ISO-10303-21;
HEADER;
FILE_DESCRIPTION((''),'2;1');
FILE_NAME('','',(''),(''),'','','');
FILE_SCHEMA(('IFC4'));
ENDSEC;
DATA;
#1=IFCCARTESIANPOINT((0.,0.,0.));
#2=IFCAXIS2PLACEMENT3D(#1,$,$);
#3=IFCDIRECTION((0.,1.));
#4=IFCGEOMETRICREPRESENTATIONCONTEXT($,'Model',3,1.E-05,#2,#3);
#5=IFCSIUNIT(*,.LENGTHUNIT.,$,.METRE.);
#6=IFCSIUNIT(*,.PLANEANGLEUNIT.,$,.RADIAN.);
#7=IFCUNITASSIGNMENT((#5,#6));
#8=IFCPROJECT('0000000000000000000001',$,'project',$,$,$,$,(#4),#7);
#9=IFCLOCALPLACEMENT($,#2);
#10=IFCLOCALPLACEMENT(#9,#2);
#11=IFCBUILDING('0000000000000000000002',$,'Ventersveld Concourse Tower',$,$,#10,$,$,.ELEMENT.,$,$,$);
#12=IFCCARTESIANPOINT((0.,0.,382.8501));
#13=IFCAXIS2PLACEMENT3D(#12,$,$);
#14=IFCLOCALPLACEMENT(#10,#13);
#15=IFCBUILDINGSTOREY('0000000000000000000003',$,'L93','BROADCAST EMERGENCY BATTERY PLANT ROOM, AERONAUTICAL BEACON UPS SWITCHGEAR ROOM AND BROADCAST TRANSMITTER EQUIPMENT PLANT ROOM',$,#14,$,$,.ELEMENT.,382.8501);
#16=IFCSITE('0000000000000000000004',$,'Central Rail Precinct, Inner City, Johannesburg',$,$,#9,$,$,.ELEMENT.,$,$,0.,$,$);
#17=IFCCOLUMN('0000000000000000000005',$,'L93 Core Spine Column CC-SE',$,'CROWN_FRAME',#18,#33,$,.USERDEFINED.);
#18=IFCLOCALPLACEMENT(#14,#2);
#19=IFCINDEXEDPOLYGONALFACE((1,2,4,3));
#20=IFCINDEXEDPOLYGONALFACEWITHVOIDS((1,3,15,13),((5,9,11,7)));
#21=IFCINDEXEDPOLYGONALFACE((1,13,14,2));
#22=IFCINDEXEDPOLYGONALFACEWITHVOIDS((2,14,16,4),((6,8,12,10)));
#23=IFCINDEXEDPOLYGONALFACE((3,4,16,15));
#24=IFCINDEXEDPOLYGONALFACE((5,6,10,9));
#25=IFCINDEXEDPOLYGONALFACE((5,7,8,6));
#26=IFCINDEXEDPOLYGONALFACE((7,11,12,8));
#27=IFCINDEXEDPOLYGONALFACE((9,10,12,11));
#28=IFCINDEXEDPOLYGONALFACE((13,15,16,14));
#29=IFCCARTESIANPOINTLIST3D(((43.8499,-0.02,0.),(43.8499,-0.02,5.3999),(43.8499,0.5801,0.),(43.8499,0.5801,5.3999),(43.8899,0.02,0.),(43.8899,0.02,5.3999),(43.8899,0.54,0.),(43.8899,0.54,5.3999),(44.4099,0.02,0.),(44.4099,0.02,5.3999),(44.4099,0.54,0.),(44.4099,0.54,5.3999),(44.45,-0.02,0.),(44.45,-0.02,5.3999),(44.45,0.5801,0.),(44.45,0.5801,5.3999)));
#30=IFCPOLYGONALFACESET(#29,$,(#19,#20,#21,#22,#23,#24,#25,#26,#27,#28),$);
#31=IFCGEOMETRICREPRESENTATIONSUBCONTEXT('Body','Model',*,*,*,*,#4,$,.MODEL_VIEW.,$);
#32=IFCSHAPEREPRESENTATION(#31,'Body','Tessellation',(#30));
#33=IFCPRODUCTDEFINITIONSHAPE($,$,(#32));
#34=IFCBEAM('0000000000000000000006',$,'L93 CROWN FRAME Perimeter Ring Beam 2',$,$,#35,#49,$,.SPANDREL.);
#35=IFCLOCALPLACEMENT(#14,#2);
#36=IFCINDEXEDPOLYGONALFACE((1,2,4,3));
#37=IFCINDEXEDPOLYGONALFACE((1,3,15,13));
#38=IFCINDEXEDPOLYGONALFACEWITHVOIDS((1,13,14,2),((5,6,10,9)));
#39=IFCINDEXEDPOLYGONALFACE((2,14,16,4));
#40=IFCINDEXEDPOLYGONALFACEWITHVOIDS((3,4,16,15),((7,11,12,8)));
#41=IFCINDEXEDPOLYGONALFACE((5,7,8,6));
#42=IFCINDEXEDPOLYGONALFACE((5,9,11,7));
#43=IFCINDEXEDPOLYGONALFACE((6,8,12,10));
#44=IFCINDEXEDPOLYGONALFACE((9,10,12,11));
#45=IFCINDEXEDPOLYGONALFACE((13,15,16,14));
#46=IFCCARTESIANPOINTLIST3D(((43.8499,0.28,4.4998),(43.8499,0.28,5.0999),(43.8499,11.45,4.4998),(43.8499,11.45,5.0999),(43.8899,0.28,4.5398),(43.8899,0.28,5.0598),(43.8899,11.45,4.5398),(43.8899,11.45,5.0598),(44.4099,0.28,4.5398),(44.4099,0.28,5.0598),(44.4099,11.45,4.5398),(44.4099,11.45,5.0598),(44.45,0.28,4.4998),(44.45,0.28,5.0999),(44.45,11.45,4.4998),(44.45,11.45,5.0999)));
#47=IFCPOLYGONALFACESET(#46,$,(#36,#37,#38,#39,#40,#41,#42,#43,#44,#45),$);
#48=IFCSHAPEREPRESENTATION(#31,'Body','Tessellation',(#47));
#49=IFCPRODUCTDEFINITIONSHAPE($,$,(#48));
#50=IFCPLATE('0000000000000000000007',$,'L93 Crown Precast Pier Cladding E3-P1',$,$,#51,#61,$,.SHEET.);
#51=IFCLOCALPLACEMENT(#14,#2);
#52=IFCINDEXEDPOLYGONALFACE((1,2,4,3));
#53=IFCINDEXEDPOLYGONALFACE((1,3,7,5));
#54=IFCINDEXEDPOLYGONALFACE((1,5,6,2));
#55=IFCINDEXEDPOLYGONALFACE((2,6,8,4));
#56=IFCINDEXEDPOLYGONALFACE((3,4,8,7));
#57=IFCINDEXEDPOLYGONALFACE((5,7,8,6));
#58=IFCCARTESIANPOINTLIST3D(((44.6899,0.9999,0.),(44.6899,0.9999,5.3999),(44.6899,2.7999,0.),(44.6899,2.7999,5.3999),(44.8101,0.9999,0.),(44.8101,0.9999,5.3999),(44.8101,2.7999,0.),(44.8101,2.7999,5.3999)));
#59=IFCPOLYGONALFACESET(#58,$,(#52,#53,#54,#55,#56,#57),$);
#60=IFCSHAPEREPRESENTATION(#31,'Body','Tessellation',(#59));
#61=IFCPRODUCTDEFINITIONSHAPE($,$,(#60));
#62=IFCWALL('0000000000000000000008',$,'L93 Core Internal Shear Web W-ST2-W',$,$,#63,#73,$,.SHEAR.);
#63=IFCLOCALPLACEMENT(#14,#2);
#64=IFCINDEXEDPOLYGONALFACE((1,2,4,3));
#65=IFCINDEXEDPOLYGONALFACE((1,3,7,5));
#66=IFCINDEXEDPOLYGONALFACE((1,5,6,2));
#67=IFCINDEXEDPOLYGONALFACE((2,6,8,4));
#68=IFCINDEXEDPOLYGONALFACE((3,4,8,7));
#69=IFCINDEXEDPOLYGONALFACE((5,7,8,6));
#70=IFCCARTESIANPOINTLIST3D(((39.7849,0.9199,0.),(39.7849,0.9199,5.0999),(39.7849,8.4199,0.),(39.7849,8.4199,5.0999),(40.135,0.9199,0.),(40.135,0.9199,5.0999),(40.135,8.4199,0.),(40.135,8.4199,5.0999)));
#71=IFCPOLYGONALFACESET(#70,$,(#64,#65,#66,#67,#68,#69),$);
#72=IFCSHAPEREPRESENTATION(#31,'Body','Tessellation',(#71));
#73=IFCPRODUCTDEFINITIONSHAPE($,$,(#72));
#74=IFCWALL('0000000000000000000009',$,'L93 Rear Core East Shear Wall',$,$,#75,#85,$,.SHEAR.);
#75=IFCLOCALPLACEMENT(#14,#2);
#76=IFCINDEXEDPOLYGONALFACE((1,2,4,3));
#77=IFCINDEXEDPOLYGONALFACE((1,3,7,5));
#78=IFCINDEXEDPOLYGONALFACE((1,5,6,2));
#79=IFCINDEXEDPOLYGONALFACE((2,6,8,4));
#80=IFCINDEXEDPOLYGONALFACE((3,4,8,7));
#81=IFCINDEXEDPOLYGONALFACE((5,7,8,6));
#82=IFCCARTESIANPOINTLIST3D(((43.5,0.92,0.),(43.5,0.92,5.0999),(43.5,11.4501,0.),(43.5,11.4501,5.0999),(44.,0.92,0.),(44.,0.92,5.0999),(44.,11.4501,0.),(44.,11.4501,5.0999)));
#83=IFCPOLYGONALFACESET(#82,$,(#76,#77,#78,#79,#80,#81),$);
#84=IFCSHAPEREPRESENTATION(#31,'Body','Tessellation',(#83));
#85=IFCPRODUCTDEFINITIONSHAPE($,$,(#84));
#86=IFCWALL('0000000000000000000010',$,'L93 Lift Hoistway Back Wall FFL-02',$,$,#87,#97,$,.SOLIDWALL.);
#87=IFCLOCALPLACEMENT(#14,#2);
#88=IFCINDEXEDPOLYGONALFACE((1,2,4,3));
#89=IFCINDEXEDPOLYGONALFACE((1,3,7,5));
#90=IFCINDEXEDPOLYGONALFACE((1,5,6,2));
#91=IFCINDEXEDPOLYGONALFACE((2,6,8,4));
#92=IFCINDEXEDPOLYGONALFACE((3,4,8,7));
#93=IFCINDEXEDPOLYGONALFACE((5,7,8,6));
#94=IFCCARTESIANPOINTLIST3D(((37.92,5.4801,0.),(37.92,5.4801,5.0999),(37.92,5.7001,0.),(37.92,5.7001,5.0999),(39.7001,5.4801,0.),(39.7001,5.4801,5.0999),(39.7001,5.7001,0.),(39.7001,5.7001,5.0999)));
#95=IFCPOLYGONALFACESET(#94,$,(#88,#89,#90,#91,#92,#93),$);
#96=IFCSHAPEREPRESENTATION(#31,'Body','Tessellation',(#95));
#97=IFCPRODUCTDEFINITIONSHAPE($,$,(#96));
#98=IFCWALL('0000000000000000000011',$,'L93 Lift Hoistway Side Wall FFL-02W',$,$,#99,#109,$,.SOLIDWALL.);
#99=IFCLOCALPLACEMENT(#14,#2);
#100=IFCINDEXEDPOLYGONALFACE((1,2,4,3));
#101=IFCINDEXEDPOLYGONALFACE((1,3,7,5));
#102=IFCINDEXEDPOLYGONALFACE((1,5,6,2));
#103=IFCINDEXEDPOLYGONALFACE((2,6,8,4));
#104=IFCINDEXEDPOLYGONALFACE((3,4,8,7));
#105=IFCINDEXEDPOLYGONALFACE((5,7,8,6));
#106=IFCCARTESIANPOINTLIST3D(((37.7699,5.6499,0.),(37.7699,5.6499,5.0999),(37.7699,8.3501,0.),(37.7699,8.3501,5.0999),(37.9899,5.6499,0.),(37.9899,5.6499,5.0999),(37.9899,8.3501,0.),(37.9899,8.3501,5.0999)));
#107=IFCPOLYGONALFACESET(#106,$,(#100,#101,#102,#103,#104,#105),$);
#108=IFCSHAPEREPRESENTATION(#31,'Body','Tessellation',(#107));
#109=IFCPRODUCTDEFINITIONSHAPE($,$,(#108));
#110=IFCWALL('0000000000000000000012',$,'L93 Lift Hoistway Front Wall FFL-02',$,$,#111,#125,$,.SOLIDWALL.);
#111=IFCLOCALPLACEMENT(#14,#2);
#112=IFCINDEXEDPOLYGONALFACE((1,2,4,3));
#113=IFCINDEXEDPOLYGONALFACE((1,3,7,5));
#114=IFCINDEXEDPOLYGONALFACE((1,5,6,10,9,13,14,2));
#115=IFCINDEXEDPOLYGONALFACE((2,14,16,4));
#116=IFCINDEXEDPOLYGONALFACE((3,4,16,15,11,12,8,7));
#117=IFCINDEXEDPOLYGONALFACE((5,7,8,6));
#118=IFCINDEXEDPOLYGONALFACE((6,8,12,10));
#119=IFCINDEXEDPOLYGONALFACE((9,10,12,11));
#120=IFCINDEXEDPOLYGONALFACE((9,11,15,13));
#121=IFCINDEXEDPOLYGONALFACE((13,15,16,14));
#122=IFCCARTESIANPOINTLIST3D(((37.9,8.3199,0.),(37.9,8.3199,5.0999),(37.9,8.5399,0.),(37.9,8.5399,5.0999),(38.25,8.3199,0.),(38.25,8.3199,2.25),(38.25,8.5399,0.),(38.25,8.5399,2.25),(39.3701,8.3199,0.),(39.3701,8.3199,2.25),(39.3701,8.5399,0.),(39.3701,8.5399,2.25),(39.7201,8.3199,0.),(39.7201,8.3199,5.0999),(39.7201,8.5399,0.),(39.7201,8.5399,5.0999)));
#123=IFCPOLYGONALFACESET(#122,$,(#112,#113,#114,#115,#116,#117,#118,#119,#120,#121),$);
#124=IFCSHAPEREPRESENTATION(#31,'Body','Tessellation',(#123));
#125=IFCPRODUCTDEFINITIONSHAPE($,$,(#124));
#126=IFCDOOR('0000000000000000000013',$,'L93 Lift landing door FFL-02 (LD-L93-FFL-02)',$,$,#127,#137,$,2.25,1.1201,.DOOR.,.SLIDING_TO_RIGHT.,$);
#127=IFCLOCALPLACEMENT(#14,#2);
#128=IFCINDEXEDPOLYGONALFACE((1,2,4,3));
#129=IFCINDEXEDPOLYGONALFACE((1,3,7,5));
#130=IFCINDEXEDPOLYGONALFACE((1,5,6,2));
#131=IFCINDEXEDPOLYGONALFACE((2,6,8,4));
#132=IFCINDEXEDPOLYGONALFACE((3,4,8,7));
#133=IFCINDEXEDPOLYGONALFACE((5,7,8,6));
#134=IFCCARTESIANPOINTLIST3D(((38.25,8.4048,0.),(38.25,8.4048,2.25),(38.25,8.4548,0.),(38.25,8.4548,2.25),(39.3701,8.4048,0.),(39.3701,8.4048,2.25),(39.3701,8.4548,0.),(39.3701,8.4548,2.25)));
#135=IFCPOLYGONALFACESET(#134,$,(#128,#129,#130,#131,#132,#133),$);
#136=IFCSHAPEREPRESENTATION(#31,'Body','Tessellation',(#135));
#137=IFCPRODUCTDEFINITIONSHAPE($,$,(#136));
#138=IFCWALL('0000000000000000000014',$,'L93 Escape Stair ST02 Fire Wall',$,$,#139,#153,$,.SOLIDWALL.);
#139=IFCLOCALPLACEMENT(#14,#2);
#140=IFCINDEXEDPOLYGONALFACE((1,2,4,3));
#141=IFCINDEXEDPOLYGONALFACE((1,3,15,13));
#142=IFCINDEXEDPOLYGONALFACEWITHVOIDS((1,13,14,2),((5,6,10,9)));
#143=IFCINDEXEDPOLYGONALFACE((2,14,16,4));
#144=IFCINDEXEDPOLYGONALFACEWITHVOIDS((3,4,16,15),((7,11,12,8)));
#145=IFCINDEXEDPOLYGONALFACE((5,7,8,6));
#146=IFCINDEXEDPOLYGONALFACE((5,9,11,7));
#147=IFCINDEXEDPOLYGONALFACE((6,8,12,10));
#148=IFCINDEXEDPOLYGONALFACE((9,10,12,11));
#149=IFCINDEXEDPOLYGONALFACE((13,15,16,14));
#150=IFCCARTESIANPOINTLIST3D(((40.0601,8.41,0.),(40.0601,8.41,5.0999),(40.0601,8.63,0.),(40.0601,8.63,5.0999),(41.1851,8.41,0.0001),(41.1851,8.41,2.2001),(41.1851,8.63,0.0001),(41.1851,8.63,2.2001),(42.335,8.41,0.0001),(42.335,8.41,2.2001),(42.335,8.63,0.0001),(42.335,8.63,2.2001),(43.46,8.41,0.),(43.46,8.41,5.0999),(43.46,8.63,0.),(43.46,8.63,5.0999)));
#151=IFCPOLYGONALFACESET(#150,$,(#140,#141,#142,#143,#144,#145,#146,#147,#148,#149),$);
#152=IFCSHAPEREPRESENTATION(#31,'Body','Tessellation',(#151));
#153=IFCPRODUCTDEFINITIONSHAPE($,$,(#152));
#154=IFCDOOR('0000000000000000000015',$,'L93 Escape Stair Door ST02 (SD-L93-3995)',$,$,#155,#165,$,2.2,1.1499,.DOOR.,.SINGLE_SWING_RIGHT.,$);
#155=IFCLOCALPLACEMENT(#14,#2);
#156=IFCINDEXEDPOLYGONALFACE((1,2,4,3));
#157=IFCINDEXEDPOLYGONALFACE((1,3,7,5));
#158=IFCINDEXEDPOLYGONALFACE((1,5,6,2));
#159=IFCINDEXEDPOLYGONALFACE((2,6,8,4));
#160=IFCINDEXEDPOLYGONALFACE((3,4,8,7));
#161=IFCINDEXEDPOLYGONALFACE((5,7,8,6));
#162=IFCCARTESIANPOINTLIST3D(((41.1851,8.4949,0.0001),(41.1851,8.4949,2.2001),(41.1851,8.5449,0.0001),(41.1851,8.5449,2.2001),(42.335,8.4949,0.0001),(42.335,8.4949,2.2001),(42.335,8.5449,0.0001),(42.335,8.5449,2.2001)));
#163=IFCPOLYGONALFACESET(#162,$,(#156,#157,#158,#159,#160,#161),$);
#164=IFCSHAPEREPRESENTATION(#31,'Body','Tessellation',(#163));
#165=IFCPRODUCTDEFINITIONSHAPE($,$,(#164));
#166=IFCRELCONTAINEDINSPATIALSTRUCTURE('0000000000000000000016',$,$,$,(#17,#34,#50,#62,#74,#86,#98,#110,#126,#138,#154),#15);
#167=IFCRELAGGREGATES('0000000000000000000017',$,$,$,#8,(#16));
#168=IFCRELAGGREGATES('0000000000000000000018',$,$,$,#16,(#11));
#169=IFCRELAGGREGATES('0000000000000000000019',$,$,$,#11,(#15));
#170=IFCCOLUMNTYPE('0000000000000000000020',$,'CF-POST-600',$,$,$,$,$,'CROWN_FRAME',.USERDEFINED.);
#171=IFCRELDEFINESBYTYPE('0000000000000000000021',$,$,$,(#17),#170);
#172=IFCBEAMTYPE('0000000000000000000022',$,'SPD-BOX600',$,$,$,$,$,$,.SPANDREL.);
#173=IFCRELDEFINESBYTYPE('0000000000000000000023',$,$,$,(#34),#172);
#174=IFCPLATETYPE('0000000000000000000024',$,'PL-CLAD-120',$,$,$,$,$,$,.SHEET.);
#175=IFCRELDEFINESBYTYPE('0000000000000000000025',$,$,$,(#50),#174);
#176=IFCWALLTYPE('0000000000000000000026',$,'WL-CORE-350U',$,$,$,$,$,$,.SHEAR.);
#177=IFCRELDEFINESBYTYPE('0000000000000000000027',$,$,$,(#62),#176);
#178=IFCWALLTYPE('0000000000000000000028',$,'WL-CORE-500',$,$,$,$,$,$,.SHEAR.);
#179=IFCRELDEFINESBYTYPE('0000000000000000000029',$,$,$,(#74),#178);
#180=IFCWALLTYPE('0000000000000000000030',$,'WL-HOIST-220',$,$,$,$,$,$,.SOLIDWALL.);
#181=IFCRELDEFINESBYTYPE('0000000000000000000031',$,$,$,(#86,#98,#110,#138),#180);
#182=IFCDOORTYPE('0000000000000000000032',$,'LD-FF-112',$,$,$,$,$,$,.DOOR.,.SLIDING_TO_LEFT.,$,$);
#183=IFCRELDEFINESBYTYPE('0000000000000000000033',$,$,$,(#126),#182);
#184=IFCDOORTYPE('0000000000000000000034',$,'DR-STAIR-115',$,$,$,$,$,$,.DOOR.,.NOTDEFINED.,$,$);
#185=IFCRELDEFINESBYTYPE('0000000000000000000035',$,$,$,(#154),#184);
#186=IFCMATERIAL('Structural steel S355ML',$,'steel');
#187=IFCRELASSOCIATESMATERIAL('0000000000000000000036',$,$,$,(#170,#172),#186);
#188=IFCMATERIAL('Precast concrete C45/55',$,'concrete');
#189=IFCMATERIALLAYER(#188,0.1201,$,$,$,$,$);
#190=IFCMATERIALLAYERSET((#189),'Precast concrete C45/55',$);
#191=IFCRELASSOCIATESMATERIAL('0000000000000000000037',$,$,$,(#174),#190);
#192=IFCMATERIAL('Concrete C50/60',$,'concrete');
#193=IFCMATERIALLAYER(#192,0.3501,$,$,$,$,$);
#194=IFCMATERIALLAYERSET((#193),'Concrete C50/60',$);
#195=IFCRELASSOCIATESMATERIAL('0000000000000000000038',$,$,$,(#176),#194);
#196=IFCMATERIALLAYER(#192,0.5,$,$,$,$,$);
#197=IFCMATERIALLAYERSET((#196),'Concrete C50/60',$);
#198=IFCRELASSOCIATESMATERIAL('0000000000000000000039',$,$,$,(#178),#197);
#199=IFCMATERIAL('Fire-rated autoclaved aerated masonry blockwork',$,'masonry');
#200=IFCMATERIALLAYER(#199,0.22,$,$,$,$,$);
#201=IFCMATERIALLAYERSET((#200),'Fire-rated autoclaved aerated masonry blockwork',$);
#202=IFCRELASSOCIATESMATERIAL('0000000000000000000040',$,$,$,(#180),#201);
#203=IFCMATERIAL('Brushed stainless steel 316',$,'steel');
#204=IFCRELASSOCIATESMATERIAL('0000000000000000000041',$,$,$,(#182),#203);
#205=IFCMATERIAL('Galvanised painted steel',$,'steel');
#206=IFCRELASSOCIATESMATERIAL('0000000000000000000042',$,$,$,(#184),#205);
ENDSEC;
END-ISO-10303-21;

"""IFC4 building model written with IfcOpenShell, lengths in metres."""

from ifc_helpers import new_model, si_unit, direction, frame, frame_2d, origin, origin_2d, place, context, subcontext, project, spatial, rectangle, hollow_rectangle, extrude, material, layer, layer_set, material_profile, profile_set, type_object, element, fill, save


model = new_model("IFC4")

# Units and contexts
model_context = context("Model", 3, precision=1e-05, world=origin(), true_north=direction((0.0, 1.0)))
body_context = subcontext(model_context, "Body", "Model", "MODEL_VIEW")
ifc_project = project(units=[si_unit("LENGTHUNIT", "METRE"), si_unit("PLANEANGLEUNIT", "RADIAN")], contexts=[model_context])

# Site, building, storey
site_placement = place(None, origin())
site = spatial("IfcSite", under=ifc_project, at=site_placement, Name="Central Rail Precinct, Inner City, Johannesburg", CompositionType="ELEMENT", RefElevation=0.0)
building_placement = place(site_placement, origin())
building = spatial("IfcBuilding", under=site, at=building_placement, Name="Ventersveld Concourse Tower", CompositionType="ELEMENT")
storey_placement = place(building_placement, frame((0.0, 0.0, 382.8501)))
storey = spatial("IfcBuildingStorey", under=building, at=storey_placement, Name="L93", Description="BROADCAST EMERGENCY BATTERY PLANT ROOM, AERONAUTICAL BEACON UPS SWITCHGEAR ROOM AND BROADCAST TRANSMITTER EQUIPMENT PLANT ROOM", CompositionType="ELEMENT", Elevation=382.8501)

# Column
ifc_material_1 = material(Name="Structural steel S355ML", Category="steel")
ifc_material_profile_1 = material_profile(ifc_material_1, hollow_rectangle(XDim=0.6001, YDim=0.6001, WallThickness=0.04, at=origin_2d()), Name="BOX 600x600x40")
ifc_profile_set_1 = profile_set([ifc_material_profile_1], Name="Structural steel S355ML")
column_type = type_object("IfcColumnType", Name="CF-POST-600", ElementType="CROWN_FRAME", PredefinedType="USERDEFINED", material=ifc_profile_set_1)
column_placement = place(storey_placement, frame((44.1499, 0.28, 0.0), z_axis=(0.0, 0.0, 1.0), x_axis=(1.0, 0.0, 0.0)))
element("IfcColumn", 1, at=column_placement, inside=storey, type_object=column_type, Name="L93 Core Spine Column CC-SE", ObjectType="CROWN_FRAME", PredefinedType="USERDEFINED", context=body_context, shape_type="SweptSolid", body=[
    extrude(hollow_rectangle(XDim=0.6001, YDim=0.6001, WallThickness=0.04, at=origin_2d()), origin(), (0.0, 0.0, 1.0), 5.3999),
])

# Beam
ifc_material_profile_2 = material_profile(ifc_material_1, hollow_rectangle(XDim=0.6001, YDim=0.6001, WallThickness=0.04, at=origin_2d()), Name="BOX 600x600x40")
ifc_profile_set_2 = profile_set([ifc_material_profile_2], Name="Structural steel S355ML")
beam_type = type_object("IfcBeamType", Name="SPD-BOX600", PredefinedType="SPANDREL", material=ifc_profile_set_2)
beam_placement = place(storey_placement, frame((44.1499, 0.28, 4.7998), z_axis=(0.0, 1.0, 0.0), x_axis=(-1.0, 0.0, 0.0)))
element("IfcBeam", 2, at=beam_placement, inside=storey, type_object=beam_type, Name="L93 CROWN FRAME Perimeter Ring Beam 2", PredefinedType="SPANDREL", context=body_context, shape_type="SweptSolid", body=[
    extrude(hollow_rectangle(XDim=0.6001, YDim=0.6001, WallThickness=0.04, at=origin_2d()), origin(), (0.0, 0.0, 1.0), 11.1699),
])

# Plate
ifc_material_2 = material(Name="Precast concrete C45/55", Category="concrete")
ifc_layer_1 = layer(ifc_material_2, 0.1201)
ifc_layer_set_1 = layer_set([ifc_layer_1], Name="Precast concrete C45/55")
plate_type = type_object("IfcPlateType", Name="PL-CLAD-120", PredefinedType="SHEET", material=ifc_layer_set_1)
plate_placement = place(storey_placement, frame((44.75, 1.8999, 0.0), z_axis=(0.0, 0.0, 1.0), x_axis=(0.0, 1.0, 0.0)))
element("IfcPlate", 3, at=plate_placement, inside=storey, type_object=plate_type, Name="L93 Crown Precast Pier Cladding E3-P1", PredefinedType="SHEET", context=body_context, shape_type="SweptSolid", body=[
    extrude(rectangle(XDim=1.8, YDim=0.1201, at=origin_2d()), origin(), (0.0, 0.0, 1.0), 5.3999),
])

# Walls
ifc_material_3 = material(Name="Concrete C50/60", Category="concrete")
ifc_layer_2 = layer(ifc_material_3, 0.3501)
ifc_layer_set_2 = layer_set([ifc_layer_2], Name="Concrete C50/60")
wall_type_1 = type_object("IfcWallType", Name="WL-CORE-350U", PredefinedType="SHEAR", material=ifc_layer_set_2)
wall_1_placement = place(storey_placement, frame((39.96, 0.9199, 0.0), z_axis=(0.0, 0.0, 1.0), x_axis=(0.0, 1.0, 0.0)))
element("IfcWall", 4, at=wall_1_placement, inside=storey, type_object=wall_type_1, Name="L93 Core Internal Shear Web W-ST2-W", PredefinedType="SHEAR", context=body_context, shape_type="SweptSolid", body=[
    extrude(rectangle(XDim=7.5, YDim=0.3501, at=frame_2d((3.75, 0.0))), origin(), (0.0, 0.0, 1.0), 5.0999),
])
ifc_layer_3 = layer(ifc_material_3, 0.5)
ifc_layer_set_3 = layer_set([ifc_layer_3], Name="Concrete C50/60")
wall_type_2 = type_object("IfcWallType", Name="WL-CORE-500", PredefinedType="SHEAR", material=ifc_layer_set_3)
wall_2_placement = place(storey_placement, frame((43.75, 0.9199, 0.0), z_axis=(0.0, 0.0, 1.0), x_axis=(0.0, 1.0, 0.0)))
element("IfcWall", 5, at=wall_2_placement, inside=storey, type_object=wall_type_2, Name="L93 Rear Core East Shear Wall", PredefinedType="SHEAR", context=body_context, shape_type="SweptSolid", body=[
    extrude(rectangle(XDim=10.53, YDim=0.5, at=frame_2d((5.2651, 0.0))), origin(), (0.0, 0.0, 1.0), 5.0999),
])
ifc_material_4 = material(Name="Fire-rated autoclaved aerated masonry blockwork", Category="masonry")
ifc_layer_4 = layer(ifc_material_4, 0.22)
ifc_layer_set_4 = layer_set([ifc_layer_4], Name="Fire-rated autoclaved aerated masonry blockwork")
wall_type_3 = type_object("IfcWallType", Name="WL-HOIST-220", PredefinedType="SOLIDWALL", material=ifc_layer_set_4)
wall_3_placement = place(storey_placement, frame((37.9199, 5.5901, 0.0), z_axis=(0.0, 0.0, 1.0), x_axis=(1.0, 0.0, 0.0)))
element("IfcWall", 6, at=wall_3_placement, inside=storey, type_object=wall_type_3, Name="L93 Lift Hoistway Back Wall FFL-02", PredefinedType="SOLIDWALL", context=body_context, shape_type="SweptSolid", body=[
    extrude(rectangle(XDim=1.78, YDim=0.22, at=frame_2d((0.8901, 0.0))), origin(), (0.0, 0.0, 1.0), 5.0999),
])
wall_4_placement = place(storey_placement, frame((37.8799, 5.6499, 0.0), z_axis=(0.0, 0.0, 1.0), x_axis=(0.0, 1.0, 0.0)))
element("IfcWall", 7, at=wall_4_placement, inside=storey, type_object=wall_type_3, Name="L93 Lift Hoistway Side Wall FFL-02W", PredefinedType="SOLIDWALL", context=body_context, shape_type="SweptSolid", body=[
    extrude(rectangle(XDim=2.7002, YDim=0.22, at=frame_2d((1.3501, 0.0))), origin(), (0.0, 0.0, 1.0), 5.0999),
])

# Walls, openings, doors
wall_5_placement = place(storey_placement, frame((37.8999, 8.4299, 0.0), z_axis=(0.0, 0.0, 1.0), x_axis=(1.0, 0.0, 0.0)))
wall_5 = element("IfcWall", 8, at=wall_5_placement, inside=storey, type_object=wall_type_3, Name="L93 Lift Hoistway Front Wall FFL-02", PredefinedType="SOLIDWALL", context=body_context, shape_type="SweptSolid", body=[
    extrude(rectangle(XDim=1.8201, YDim=0.22, at=frame_2d((0.9102, 0.0))), origin(), (0.0, 0.0, 1.0), 5.0999),
])
opening_1_placement = place(wall_5_placement, frame((0.3501, 0.0, 0.0)))
opening_1 = element("IfcOpeningElement", 9, at=opening_1_placement, cuts=wall_5, PredefinedType="OPENING", context=body_context, shape_type="SweptSolid", body=[
    extrude(rectangle(XDim=1.1201, YDim=2.25, at=frame_2d((0.5601, 1.125))), frame((0.0, 0.1201, 0.0), z_axis=(0.0, -1.0, 0.0), x_axis=(1.0, 0.0, 0.0)), (0.0, 0.0, 1.0), 0.24),
])
ifc_material_5 = material(Name="Brushed stainless steel 316", Category="steel")
door_type_1 = type_object("IfcDoorType", Name="LD-FF-112", OperationType="SLIDING_TO_LEFT", PredefinedType="DOOR", material=ifc_material_5)
door_1_placement = place(opening_1_placement, origin())
door_1 = element("IfcDoor", 10, at=door_1_placement, inside=storey, type_object=door_type_1, Name="L93 Lift landing door FFL-02 (LD-L93-FFL-02)", OperationType="SLIDING_TO_RIGHT", OverallHeight=2.25, OverallWidth=1.1201, PredefinedType="DOOR", context=body_context, shape_type="SweptSolid", body=[
    extrude(rectangle(XDim=1.1201, YDim=2.25, at=frame_2d((0.5601, 1.125))), frame((0.0, 0.0249, 0.0), z_axis=(0.0, -1.0, 0.0), x_axis=(1.0, 0.0, 0.0)), (0.0, 0.0, 1.0), 0.05),
])
fill(opening_1, door_1)
wall_6_placement = place(storey_placement, frame((40.0601, 8.52, 0.0), z_axis=(0.0, 0.0, 1.0), x_axis=(1.0, 0.0, 0.0)))
wall_6 = element("IfcWall", 11, at=wall_6_placement, inside=storey, type_object=wall_type_3, Name="L93 Escape Stair ST02 Fire Wall", PredefinedType="SOLIDWALL", context=body_context, shape_type="SweptSolid", body=[
    extrude(rectangle(XDim=3.3999, YDim=0.22, at=frame_2d((1.7, 0.0))), origin(), (0.0, 0.0, 1.0), 5.0999),
])
opening_2_placement = place(wall_6_placement, frame((1.125, 0.0, 0.0)))
opening_2 = element("IfcOpeningElement", 12, at=opening_2_placement, cuts=wall_6, PredefinedType="OPENING", context=body_context, shape_type="SweptSolid", body=[
    extrude(rectangle(XDim=1.1499, YDim=2.2, at=frame_2d((0.575, 1.1001))), frame((0.0, 0.1201, 0.0), z_axis=(0.0, -1.0, 0.0), x_axis=(1.0, 0.0, 0.0)), (0.0, 0.0, 1.0), 0.24),
])
ifc_material_6 = material(Name="Galvanised painted steel", Category="steel")
door_type_2 = type_object("IfcDoorType", Name="DR-STAIR-115", OperationType="NOTDEFINED", PredefinedType="DOOR", material=ifc_material_6)
door_2_placement = place(opening_2_placement, origin())
door_2 = element("IfcDoor", 13, at=door_2_placement, inside=storey, type_object=door_type_2, Name="L93 Escape Stair Door ST02 (SD-L93-3995)", OperationType="SINGLE_SWING_RIGHT", OverallHeight=2.2, OverallWidth=1.1499, PredefinedType="DOOR", context=body_context, shape_type="SweptSolid", body=[
    extrude(rectangle(XDim=1.1499, YDim=2.2, at=frame_2d((0.575, 1.1001))), frame((0.0, 0.0249, 0.0), z_axis=(0.0, -1.0, 0.0), x_axis=(1.0, 0.0, 0.0)), (0.0, 0.0, 1.0), 0.05),
])
fill(opening_2, door_2)

save(model, "model.ifc")
